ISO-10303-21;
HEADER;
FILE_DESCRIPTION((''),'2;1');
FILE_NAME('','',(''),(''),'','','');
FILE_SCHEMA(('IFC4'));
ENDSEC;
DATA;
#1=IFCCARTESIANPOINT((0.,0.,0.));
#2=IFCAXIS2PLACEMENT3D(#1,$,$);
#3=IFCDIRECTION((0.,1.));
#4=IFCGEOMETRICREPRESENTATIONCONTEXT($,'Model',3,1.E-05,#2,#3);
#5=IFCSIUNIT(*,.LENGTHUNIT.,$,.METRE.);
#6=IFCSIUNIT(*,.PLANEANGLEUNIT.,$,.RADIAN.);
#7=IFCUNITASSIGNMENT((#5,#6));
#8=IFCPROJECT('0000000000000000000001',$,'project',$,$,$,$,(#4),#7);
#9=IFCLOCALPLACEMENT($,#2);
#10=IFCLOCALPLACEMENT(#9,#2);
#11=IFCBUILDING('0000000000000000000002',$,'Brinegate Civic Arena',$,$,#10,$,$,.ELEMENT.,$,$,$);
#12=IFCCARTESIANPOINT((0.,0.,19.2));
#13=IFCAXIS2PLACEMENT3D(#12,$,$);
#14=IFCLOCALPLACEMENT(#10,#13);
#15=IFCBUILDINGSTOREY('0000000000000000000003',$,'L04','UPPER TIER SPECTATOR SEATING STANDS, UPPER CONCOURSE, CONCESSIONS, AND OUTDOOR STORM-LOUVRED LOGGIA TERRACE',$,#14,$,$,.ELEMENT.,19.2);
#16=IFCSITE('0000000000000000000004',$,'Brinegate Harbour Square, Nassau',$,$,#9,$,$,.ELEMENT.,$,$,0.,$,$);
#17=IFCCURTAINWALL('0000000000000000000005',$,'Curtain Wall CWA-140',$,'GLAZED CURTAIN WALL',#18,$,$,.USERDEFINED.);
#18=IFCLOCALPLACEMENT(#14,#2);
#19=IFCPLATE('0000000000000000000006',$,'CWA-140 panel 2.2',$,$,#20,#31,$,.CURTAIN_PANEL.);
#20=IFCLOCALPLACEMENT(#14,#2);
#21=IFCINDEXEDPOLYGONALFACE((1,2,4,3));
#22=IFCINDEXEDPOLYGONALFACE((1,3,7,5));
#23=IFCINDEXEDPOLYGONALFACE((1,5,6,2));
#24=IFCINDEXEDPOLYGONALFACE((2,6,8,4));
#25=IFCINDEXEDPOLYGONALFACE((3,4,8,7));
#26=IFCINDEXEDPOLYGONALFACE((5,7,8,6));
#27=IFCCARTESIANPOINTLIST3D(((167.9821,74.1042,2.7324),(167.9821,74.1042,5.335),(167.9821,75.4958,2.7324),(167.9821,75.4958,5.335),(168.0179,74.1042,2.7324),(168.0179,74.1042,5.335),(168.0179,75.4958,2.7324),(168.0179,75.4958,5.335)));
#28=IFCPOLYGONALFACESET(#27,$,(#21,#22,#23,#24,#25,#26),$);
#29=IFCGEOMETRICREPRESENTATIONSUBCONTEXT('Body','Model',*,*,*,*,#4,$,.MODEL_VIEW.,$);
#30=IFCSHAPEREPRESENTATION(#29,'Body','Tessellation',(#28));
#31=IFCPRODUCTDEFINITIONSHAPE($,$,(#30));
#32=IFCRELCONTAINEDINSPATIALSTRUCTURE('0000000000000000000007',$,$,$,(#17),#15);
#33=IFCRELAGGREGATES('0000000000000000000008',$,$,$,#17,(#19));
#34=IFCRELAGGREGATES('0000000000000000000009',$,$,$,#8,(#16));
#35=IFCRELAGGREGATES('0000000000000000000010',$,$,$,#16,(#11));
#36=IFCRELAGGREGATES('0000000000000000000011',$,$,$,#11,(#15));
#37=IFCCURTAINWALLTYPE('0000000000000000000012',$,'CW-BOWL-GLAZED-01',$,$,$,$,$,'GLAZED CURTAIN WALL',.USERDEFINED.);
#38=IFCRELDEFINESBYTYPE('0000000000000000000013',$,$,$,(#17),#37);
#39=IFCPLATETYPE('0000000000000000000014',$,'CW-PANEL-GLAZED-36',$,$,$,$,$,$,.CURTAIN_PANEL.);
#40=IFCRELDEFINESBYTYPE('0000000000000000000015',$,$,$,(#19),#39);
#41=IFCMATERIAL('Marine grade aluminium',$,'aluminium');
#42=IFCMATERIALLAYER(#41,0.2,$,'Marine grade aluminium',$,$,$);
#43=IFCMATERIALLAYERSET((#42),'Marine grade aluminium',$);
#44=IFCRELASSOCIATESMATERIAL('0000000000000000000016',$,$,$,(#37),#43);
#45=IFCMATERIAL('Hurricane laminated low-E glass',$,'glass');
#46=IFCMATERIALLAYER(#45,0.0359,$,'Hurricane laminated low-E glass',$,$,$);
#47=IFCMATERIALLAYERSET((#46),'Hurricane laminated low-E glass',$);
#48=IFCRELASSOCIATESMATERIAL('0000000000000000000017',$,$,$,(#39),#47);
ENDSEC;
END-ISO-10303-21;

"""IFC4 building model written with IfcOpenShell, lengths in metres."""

from ifc_helpers import new_model, si_unit, direction, frame, origin, origin_2d, place, context, subcontext, project, spatial, rectangle, extrude, material, layer, layer_set, type_object, element, aggregate, save


model = new_model("IFC4")

# Units and contexts
model_context = context("Model", 3, precision=1e-05, world=origin(), true_north=direction((0.0, 1.0)))
body_context = subcontext(model_context, "Body", "Model", "MODEL_VIEW")
ifc_project = project(units=[si_unit("LENGTHUNIT", "METRE"), si_unit("PLANEANGLEUNIT", "RADIAN")], contexts=[model_context])

# Site, building, storey
site_placement = place(None, origin())
site = spatial("IfcSite", under=ifc_project, at=site_placement, Name="Brinegate Harbour Square, Nassau", CompositionType="ELEMENT", RefElevation=0.0)
building_placement = place(site_placement, origin())
building = spatial("IfcBuilding", under=site, at=building_placement, Name="Brinegate Civic Arena", CompositionType="ELEMENT")
storey_placement = place(building_placement, frame((0.0, 0.0, 19.2)))
storey = spatial("IfcBuildingStorey", under=building, at=storey_placement, Name="L04", Description="UPPER TIER SPECTATOR SEATING STANDS, UPPER CONCOURSE, CONCESSIONS, AND OUTDOOR STORM-LOUVRED LOGGIA TERRACE", CompositionType="ELEMENT", Elevation=19.2)

# Curtain wall
ifc_material_1 = material(Name="Marine grade aluminium", Category="aluminium")
ifc_layer_1 = layer(ifc_material_1, 0.2, Name="Marine grade aluminium")
ifc_layer_set_1 = layer_set([ifc_layer_1], Name="Marine grade aluminium")
curtain_wall_type = type_object("IfcCurtainWallType", Name="CW-BOWL-GLAZED-01", ElementType="GLAZED CURTAIN WALL", PredefinedType="USERDEFINED", material=ifc_layer_set_1)
curtain_wall_1_placement = place(storey_placement, origin())
curtain_wall_1 = element("IfcCurtainWall", 1, at=curtain_wall_1_placement, inside=storey, type_object=curtain_wall_type, Name="Curtain Wall CWA-140", ObjectType="GLAZED CURTAIN WALL", PredefinedType="USERDEFINED")

# Plate
ifc_material_2 = material(Name="Hurricane laminated low-E glass", Category="glass")
ifc_layer_2 = layer(ifc_material_2, 0.0359, Name="Hurricane laminated low-E glass")
ifc_layer_set_2 = layer_set([ifc_layer_2], Name="Hurricane laminated low-E glass")
plate_type_1 = type_object("IfcPlateType", Name="CW-PANEL-GLAZED-36", PredefinedType="CURTAIN_PANEL", material=ifc_layer_set_2)
plate_1_placement = place(storey_placement, frame((168.0, 74.8, 2.7324), z_axis=(0.0, 0.0, 1.0), x_axis=(0.0, 1.0, 0.0)))
plate_1 = element("IfcPlate", 2, at=plate_1_placement, type_object=plate_type_1, Name="CWA-140 panel 2.2", PredefinedType="CURTAIN_PANEL", context=body_context, shape_type="SweptSolid", body=[
    extrude(rectangle(XDim=1.3916, YDim=0.0359, at=origin_2d()), origin(), (0.0, 0.0, 1.0), 2.6025),
])
aggregate(curtain_wall_1, [plate_1])

save(model, "model.ifc")
